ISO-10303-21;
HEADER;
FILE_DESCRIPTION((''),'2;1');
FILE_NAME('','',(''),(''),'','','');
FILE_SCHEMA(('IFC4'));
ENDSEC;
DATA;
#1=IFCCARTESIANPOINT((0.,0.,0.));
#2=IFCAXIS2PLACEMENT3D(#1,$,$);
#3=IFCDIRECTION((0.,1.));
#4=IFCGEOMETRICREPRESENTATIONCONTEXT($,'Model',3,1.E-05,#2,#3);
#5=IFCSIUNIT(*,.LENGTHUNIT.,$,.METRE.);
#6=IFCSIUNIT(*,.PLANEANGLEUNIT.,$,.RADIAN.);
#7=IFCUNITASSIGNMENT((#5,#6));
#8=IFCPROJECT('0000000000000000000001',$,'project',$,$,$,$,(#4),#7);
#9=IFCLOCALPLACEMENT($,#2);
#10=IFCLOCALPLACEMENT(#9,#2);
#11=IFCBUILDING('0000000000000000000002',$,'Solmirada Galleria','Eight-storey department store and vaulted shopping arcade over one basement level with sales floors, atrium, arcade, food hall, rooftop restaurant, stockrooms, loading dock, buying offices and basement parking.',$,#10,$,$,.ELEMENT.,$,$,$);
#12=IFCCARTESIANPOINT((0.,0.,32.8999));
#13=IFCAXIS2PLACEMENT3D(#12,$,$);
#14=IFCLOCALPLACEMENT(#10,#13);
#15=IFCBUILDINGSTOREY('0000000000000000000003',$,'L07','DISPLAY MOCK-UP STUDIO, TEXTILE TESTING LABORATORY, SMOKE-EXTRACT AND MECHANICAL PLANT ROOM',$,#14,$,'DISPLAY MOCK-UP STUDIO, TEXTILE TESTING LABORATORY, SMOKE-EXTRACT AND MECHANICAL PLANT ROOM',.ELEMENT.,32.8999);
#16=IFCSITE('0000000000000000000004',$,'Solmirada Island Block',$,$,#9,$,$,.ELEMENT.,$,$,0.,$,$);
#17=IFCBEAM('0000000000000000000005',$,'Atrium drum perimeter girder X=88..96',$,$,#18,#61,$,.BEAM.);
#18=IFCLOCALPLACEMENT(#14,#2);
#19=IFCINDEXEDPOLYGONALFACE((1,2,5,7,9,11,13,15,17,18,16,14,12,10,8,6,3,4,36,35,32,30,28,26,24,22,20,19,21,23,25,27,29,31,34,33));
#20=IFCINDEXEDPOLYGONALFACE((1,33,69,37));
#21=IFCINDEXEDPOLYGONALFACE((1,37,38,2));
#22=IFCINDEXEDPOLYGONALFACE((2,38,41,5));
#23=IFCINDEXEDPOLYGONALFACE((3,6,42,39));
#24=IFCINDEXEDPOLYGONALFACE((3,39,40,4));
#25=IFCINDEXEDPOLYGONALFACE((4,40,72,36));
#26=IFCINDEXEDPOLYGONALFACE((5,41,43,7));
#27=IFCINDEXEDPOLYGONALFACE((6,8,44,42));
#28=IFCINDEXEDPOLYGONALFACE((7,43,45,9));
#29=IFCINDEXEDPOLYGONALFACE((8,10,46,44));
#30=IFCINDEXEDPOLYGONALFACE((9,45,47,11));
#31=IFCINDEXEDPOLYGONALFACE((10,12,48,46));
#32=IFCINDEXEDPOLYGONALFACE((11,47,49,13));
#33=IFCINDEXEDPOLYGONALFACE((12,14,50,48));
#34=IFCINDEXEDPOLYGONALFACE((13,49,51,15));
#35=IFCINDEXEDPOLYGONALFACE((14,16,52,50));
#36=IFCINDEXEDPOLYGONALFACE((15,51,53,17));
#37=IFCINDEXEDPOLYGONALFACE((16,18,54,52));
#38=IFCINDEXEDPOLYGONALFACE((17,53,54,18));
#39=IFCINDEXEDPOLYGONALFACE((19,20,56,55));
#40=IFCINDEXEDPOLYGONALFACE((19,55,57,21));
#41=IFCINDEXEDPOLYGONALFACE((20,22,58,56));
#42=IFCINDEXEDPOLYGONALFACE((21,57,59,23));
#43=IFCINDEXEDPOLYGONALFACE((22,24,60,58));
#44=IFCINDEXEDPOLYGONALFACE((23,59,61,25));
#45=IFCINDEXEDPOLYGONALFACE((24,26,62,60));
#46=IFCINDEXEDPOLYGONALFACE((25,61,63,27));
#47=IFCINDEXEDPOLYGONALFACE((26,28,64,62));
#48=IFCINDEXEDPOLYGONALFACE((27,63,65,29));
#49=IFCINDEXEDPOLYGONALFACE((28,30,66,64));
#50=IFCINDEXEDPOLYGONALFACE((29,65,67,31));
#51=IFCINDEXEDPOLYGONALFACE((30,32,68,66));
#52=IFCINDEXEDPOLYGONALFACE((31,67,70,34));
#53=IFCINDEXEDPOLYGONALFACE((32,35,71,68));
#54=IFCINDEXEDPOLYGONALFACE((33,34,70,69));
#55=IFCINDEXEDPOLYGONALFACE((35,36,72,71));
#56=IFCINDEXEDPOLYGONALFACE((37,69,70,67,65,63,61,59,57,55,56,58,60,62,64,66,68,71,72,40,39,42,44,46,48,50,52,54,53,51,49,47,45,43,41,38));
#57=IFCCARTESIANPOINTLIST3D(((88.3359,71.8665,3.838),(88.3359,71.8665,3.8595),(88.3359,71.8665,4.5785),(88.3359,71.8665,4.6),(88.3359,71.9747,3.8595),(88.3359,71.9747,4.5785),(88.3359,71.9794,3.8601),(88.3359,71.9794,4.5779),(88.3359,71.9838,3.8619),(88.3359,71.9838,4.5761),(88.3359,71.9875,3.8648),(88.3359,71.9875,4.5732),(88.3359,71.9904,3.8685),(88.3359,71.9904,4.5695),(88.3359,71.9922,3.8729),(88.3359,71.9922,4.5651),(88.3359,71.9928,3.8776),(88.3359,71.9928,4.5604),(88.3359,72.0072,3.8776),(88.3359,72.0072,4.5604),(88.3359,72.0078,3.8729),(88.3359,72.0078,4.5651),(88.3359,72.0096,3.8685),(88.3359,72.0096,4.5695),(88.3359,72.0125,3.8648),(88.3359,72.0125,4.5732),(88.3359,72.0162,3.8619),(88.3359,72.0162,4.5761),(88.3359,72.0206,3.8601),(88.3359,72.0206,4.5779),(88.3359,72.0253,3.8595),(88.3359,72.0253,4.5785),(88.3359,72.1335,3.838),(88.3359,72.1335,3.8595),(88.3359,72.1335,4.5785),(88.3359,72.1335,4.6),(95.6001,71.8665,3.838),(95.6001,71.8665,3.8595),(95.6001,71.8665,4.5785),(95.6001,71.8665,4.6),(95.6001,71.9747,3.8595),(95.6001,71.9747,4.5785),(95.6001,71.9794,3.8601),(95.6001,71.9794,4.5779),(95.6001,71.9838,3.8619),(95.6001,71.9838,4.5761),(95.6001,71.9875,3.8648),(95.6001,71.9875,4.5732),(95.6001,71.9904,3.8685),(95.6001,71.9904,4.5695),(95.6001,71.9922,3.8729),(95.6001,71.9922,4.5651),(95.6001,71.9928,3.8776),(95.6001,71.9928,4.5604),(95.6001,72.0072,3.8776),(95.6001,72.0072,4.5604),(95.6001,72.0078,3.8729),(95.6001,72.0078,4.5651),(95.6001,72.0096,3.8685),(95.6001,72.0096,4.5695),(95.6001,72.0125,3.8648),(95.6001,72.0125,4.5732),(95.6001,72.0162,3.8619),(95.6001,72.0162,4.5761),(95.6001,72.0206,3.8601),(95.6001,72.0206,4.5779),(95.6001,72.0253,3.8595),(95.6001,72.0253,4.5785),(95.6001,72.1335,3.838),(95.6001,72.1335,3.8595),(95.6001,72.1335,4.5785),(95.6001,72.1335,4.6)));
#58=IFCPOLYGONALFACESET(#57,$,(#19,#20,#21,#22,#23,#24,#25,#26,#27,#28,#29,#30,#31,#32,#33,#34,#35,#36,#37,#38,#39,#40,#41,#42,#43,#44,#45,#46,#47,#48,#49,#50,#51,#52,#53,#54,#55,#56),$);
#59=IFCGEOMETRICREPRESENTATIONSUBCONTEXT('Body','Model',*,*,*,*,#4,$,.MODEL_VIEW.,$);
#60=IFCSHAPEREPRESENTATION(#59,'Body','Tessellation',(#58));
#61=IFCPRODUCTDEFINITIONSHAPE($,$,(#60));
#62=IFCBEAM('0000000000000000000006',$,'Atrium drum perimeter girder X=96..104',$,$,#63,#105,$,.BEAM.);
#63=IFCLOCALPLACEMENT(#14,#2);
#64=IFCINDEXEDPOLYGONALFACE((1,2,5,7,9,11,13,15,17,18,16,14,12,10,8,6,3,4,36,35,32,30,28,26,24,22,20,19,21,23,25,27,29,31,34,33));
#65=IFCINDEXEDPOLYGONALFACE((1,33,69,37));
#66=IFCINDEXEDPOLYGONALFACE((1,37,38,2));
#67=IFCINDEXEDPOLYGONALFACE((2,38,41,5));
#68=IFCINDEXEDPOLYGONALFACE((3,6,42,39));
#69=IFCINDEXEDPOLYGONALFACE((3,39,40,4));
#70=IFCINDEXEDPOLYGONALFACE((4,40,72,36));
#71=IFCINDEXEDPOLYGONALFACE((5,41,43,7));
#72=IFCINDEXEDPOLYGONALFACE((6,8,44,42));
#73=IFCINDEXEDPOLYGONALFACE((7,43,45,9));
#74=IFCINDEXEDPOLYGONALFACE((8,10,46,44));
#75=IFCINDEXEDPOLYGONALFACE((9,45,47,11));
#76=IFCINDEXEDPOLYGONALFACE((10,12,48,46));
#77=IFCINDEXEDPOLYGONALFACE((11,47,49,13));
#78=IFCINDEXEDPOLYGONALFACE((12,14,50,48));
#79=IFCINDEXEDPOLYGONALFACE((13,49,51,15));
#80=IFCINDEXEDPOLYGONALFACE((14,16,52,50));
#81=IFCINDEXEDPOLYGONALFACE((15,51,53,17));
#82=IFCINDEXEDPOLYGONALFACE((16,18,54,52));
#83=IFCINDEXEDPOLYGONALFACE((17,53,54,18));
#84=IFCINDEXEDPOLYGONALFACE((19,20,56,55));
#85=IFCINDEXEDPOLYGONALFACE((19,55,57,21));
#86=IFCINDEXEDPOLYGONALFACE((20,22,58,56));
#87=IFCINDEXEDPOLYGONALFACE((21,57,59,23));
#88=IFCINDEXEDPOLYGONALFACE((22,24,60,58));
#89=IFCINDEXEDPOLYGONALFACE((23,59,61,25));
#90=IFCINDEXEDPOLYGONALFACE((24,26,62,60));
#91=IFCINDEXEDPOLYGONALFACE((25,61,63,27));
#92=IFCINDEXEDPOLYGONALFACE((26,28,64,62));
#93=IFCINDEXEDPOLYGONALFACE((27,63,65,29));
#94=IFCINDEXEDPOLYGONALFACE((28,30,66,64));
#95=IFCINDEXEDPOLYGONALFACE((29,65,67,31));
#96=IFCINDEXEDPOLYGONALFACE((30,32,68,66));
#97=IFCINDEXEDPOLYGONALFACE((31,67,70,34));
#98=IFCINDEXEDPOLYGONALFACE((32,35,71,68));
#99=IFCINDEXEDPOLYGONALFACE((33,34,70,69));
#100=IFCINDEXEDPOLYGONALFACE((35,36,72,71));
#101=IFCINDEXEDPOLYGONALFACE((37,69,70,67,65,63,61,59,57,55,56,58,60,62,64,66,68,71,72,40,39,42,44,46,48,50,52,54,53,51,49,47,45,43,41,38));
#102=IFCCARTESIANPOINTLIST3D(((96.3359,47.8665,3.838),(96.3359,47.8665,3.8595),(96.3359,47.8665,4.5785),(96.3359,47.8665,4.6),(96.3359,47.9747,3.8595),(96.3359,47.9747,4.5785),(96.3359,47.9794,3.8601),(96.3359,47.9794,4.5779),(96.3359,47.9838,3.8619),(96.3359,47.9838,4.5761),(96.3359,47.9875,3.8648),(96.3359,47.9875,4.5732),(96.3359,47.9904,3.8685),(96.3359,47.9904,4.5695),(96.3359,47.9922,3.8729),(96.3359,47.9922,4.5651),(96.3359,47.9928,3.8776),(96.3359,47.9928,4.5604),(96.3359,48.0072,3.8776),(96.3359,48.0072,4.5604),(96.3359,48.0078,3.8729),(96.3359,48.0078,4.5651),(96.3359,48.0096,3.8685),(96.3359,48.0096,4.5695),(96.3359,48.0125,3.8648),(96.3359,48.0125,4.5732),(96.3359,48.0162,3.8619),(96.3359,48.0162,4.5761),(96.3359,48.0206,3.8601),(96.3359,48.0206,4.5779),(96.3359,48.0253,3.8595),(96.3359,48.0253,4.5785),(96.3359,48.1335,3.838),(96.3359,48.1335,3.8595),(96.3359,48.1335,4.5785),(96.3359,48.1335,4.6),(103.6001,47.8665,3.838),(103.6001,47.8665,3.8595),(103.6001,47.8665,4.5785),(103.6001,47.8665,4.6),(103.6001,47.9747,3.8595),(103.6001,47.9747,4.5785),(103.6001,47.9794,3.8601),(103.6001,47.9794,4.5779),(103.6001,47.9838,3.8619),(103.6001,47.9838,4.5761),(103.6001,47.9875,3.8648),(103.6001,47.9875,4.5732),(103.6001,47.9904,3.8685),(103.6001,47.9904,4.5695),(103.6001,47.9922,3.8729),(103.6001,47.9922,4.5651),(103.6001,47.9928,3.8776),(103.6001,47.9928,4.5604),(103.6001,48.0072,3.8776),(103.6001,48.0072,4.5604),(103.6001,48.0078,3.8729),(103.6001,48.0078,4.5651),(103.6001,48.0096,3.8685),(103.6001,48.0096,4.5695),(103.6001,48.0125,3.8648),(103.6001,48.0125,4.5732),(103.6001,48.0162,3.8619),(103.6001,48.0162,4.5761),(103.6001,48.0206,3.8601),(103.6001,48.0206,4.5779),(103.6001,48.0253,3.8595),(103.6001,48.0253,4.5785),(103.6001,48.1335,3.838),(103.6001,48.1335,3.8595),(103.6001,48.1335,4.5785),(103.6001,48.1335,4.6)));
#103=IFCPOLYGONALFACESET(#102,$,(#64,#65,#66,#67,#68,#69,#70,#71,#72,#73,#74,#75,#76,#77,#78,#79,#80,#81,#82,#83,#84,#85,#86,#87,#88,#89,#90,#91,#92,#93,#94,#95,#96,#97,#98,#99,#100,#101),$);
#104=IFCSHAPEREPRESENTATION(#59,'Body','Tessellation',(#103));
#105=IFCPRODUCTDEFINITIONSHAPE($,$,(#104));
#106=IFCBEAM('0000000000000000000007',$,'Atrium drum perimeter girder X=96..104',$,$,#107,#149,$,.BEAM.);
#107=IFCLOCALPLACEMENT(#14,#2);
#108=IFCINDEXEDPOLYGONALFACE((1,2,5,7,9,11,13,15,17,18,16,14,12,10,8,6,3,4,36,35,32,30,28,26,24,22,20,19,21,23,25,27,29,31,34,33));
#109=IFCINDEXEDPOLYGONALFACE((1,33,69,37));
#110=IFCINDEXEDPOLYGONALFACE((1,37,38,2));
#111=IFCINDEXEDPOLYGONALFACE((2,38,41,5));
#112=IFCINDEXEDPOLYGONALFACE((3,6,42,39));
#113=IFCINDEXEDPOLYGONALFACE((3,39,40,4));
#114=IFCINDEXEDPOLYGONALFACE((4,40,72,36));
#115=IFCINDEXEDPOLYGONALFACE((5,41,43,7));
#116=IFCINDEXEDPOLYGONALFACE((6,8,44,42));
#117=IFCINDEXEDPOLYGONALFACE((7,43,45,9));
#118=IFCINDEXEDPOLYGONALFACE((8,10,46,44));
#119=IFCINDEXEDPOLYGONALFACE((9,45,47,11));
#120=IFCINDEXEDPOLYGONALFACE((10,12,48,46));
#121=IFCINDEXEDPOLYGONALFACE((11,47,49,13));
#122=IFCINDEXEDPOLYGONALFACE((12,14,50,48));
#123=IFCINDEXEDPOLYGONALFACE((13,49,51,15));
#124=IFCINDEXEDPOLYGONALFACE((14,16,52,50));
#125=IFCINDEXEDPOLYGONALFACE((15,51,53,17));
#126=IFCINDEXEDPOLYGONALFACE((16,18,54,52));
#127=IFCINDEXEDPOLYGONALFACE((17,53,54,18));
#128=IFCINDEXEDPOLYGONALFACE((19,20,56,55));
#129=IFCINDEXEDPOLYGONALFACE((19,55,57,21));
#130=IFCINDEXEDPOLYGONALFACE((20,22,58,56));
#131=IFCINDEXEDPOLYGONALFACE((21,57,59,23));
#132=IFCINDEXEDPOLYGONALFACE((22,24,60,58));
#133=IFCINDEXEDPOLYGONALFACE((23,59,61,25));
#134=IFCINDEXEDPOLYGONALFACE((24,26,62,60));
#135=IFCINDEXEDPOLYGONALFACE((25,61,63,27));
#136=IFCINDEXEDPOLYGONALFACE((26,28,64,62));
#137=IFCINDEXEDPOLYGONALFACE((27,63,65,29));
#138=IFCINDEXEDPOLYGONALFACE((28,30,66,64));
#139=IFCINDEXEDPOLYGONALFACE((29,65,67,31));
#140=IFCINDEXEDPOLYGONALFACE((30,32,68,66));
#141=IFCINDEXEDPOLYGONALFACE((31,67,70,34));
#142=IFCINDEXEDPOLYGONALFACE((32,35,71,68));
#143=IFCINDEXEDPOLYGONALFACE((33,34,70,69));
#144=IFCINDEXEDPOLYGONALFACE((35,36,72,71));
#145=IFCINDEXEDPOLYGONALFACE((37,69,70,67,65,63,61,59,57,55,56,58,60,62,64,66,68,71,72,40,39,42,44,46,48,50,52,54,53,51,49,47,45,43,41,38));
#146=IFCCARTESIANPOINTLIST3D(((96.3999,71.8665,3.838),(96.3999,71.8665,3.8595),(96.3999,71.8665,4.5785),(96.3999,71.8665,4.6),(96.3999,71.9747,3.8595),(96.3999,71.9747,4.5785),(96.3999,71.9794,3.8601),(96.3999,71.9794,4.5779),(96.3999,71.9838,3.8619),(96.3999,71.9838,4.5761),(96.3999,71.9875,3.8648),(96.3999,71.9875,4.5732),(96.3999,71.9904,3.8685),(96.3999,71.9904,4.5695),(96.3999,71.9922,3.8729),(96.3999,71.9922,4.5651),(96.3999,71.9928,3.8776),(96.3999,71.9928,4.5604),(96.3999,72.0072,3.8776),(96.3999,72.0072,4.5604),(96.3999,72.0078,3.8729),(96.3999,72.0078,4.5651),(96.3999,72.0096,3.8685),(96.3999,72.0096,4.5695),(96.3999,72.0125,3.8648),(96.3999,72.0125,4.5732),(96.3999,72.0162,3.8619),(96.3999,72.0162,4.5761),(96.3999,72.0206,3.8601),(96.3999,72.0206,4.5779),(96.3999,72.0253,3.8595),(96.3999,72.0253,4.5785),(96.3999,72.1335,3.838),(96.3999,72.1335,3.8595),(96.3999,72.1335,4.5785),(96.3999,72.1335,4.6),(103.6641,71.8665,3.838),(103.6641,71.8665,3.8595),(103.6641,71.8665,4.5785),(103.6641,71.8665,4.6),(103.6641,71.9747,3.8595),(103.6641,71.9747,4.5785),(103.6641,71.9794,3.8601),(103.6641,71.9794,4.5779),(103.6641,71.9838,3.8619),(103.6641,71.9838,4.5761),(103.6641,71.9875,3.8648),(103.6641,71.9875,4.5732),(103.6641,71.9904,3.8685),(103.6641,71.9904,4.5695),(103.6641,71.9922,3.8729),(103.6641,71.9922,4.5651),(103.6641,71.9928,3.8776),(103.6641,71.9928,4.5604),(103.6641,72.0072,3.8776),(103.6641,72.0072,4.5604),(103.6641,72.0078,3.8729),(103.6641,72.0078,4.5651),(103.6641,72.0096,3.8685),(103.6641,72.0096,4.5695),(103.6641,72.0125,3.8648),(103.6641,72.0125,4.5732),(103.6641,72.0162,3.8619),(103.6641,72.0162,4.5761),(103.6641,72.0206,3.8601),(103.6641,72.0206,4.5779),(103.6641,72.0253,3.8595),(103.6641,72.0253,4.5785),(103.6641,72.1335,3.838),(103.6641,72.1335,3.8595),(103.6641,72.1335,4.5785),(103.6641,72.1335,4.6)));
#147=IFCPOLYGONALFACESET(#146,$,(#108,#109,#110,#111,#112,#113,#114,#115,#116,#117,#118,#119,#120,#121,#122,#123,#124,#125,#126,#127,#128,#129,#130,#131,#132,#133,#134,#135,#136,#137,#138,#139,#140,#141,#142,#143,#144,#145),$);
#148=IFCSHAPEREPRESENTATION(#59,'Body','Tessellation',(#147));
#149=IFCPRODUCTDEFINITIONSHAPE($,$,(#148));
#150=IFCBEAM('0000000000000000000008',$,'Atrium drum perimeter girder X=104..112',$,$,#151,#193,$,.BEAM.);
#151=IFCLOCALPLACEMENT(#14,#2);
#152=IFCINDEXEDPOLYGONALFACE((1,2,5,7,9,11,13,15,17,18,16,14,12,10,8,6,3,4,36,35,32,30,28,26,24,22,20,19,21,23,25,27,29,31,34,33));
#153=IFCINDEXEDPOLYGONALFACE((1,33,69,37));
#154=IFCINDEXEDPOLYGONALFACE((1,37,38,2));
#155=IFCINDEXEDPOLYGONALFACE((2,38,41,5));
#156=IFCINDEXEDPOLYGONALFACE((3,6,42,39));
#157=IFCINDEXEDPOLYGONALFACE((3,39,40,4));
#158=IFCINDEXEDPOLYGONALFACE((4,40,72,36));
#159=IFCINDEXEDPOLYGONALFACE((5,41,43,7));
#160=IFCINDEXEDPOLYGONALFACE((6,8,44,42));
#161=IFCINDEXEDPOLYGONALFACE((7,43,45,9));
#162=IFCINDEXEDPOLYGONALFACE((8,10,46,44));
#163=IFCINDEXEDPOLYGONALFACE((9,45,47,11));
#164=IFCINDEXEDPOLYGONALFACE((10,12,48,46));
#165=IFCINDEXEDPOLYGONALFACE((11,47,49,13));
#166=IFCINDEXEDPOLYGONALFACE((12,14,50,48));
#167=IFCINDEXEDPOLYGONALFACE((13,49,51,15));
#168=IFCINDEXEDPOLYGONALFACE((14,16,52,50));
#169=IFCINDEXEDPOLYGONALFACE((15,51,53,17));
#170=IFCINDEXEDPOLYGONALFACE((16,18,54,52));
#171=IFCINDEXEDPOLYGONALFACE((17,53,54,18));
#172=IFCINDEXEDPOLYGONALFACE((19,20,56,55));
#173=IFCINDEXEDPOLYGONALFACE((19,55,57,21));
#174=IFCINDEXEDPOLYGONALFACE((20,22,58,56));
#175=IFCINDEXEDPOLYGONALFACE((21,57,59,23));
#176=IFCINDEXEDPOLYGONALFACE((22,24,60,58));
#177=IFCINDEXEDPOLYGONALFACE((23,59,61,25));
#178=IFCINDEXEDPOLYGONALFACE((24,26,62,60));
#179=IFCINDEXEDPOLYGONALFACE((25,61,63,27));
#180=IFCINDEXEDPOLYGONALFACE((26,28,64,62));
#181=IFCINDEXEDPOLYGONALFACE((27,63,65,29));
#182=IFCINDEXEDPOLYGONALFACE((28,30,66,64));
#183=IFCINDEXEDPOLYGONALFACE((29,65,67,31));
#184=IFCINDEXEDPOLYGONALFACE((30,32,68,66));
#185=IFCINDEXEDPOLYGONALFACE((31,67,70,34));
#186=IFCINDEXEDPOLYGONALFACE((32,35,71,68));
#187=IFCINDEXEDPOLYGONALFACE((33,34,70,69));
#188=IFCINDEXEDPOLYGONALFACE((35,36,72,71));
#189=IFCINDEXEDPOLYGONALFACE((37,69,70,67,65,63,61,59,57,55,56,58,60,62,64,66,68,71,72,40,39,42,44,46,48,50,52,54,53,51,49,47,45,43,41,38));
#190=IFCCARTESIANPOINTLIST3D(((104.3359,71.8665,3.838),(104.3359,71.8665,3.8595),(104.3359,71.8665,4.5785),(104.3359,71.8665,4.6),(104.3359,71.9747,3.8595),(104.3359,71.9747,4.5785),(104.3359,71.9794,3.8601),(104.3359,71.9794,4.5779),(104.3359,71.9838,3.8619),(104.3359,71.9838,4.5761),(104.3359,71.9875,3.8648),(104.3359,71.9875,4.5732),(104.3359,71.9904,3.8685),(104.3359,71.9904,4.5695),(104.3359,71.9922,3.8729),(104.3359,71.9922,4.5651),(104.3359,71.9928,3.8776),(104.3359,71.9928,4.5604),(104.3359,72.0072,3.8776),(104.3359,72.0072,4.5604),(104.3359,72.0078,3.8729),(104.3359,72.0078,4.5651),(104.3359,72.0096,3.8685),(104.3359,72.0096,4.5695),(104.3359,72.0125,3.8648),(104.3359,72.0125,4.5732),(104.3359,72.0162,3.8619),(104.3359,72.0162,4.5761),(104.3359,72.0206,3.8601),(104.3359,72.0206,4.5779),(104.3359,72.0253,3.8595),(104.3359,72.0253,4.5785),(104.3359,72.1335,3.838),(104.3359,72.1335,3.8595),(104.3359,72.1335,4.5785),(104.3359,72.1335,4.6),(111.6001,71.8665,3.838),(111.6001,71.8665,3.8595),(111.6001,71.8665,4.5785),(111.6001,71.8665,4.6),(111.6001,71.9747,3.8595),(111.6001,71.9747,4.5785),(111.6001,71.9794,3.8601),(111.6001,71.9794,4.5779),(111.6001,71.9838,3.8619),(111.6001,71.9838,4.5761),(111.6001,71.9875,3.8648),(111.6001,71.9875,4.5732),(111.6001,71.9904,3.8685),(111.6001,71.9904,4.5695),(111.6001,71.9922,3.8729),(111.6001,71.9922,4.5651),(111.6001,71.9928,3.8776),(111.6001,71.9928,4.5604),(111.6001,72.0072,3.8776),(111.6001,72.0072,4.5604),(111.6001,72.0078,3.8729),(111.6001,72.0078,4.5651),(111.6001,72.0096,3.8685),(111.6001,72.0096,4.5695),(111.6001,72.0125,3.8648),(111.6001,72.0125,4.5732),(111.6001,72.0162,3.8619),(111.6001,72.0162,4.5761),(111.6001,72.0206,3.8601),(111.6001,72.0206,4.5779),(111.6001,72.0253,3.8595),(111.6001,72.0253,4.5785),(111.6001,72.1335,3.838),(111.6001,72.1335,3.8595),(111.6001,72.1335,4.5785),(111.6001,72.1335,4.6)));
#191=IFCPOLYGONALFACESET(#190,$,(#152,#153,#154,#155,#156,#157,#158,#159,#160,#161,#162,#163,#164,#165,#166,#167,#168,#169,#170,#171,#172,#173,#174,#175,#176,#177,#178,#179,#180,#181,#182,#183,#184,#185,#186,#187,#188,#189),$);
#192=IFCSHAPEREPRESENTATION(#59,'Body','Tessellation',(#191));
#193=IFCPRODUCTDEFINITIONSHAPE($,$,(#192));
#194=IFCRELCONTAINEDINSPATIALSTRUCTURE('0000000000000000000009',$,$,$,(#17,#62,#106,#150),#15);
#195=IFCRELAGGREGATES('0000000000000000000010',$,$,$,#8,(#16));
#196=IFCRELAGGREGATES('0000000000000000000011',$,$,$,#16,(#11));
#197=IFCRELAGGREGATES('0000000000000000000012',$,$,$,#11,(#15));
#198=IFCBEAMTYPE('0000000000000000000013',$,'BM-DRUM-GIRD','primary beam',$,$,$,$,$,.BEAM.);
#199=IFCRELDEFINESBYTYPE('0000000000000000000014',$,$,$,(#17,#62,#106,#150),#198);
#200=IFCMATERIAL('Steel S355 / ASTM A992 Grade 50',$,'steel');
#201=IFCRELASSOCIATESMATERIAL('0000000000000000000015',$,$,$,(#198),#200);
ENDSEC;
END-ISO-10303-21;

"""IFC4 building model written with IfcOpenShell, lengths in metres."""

from ifc_helpers import new_model, si_unit, direction, frame, origin, origin_2d, place, context, subcontext, project, spatial, i_section, extrude, material, material_profile, profile_set, type_object, element, save


model = new_model("IFC4")

# Units and contexts
model_context = context("Model", 3, precision=1e-05, world=origin(), true_north=direction((0.0, 1.0)))
body_context = subcontext(model_context, "Body", "Model", "MODEL_VIEW")
ifc_project = project(units=[si_unit("LENGTHUNIT", "METRE"), si_unit("PLANEANGLEUNIT", "RADIAN")], contexts=[model_context])

# Site, building, storey
site_placement = place(None, origin())
site = spatial("IfcSite", under=ifc_project, at=site_placement, Name="Solmirada Island Block", CompositionType="ELEMENT", RefElevation=0.0)
building_placement = place(site_placement, origin())
building = spatial("IfcBuilding", under=site, at=building_placement, Name="Solmirada Galleria", Description="Eight-storey department store and vaulted shopping arcade over one basement level with sales floors, atrium, arcade, food hall, rooftop restaurant, stockrooms, loading dock, buying offices and basement parking.", CompositionType="ELEMENT")
storey_placement = place(building_placement, frame((0.0, 0.0, 32.8999)))
storey = spatial("IfcBuildingStorey", under=building, at=storey_placement, Name="L07", Description="DISPLAY MOCK-UP STUDIO, TEXTILE TESTING LABORATORY, SMOKE-EXTRACT AND MECHANICAL PLANT ROOM", LongName="DISPLAY MOCK-UP STUDIO, TEXTILE TESTING LABORATORY, SMOKE-EXTRACT AND MECHANICAL PLANT ROOM", CompositionType="ELEMENT", Elevation=32.8999)

# Beams
ifc_material_1 = material(Name="Steel S355 / ASTM A992 Grade 50", Category="steel")
ifc_material_profile_1 = material_profile(ifc_material_1, i_section(OverallWidth=0.2671, OverallDepth=0.762, WebThickness=0.0144, FlangeThickness=0.0215, FilletRadius=0.0181, at=origin_2d()), Name="W30X116")
ifc_profile_set_1 = profile_set([ifc_material_profile_1], Name="Steel S355 / ASTM A992 Grade 50")
beam_type = type_object("IfcBeamType", Name="BM-DRUM-GIRD", Description="primary beam", PredefinedType="BEAM", material=ifc_profile_set_1)
for number, where, z_axis, x_axis, name in (
    (1, (88.3359, 72.0, 4.219), (1.0, 0.0, 0.0), (0.0, 1.0, 0.0), "Atrium drum perimeter girder X=88..96"),
    (2, (96.3359, 48.0, 4.219), (1.0, 0.0, 0.0), (0.0, 1.0, 0.0), "Atrium drum perimeter girder X=96..104"),
    (3, (96.3999, 72.0, 4.219), (1.0, 0.0, 0.0), (0.0, 1.0, 0.0), "Atrium drum perimeter girder X=96..104"),
    (4, (104.3359, 72.0, 4.219), (1.0, 0.0, 0.0), (0.0, 1.0, 0.0), "Atrium drum perimeter girder X=104..112"),
):
    element("IfcBeam", number, at=place(storey_placement, frame(where, z_axis=z_axis, x_axis=x_axis)), inside=storey, type_object=beam_type, Name=name, PredefinedType="BEAM", context=body_context, shape_type="SweptSolid", body=[
        extrude(i_section(OverallWidth=0.2671, OverallDepth=0.762, WebThickness=0.0144, FlangeThickness=0.0215, FilletRadius=0.0181, at=origin_2d()), origin(), (0.0, 0.0, 1.0), 7.2642),
    ])

save(model, "model.ifc")
